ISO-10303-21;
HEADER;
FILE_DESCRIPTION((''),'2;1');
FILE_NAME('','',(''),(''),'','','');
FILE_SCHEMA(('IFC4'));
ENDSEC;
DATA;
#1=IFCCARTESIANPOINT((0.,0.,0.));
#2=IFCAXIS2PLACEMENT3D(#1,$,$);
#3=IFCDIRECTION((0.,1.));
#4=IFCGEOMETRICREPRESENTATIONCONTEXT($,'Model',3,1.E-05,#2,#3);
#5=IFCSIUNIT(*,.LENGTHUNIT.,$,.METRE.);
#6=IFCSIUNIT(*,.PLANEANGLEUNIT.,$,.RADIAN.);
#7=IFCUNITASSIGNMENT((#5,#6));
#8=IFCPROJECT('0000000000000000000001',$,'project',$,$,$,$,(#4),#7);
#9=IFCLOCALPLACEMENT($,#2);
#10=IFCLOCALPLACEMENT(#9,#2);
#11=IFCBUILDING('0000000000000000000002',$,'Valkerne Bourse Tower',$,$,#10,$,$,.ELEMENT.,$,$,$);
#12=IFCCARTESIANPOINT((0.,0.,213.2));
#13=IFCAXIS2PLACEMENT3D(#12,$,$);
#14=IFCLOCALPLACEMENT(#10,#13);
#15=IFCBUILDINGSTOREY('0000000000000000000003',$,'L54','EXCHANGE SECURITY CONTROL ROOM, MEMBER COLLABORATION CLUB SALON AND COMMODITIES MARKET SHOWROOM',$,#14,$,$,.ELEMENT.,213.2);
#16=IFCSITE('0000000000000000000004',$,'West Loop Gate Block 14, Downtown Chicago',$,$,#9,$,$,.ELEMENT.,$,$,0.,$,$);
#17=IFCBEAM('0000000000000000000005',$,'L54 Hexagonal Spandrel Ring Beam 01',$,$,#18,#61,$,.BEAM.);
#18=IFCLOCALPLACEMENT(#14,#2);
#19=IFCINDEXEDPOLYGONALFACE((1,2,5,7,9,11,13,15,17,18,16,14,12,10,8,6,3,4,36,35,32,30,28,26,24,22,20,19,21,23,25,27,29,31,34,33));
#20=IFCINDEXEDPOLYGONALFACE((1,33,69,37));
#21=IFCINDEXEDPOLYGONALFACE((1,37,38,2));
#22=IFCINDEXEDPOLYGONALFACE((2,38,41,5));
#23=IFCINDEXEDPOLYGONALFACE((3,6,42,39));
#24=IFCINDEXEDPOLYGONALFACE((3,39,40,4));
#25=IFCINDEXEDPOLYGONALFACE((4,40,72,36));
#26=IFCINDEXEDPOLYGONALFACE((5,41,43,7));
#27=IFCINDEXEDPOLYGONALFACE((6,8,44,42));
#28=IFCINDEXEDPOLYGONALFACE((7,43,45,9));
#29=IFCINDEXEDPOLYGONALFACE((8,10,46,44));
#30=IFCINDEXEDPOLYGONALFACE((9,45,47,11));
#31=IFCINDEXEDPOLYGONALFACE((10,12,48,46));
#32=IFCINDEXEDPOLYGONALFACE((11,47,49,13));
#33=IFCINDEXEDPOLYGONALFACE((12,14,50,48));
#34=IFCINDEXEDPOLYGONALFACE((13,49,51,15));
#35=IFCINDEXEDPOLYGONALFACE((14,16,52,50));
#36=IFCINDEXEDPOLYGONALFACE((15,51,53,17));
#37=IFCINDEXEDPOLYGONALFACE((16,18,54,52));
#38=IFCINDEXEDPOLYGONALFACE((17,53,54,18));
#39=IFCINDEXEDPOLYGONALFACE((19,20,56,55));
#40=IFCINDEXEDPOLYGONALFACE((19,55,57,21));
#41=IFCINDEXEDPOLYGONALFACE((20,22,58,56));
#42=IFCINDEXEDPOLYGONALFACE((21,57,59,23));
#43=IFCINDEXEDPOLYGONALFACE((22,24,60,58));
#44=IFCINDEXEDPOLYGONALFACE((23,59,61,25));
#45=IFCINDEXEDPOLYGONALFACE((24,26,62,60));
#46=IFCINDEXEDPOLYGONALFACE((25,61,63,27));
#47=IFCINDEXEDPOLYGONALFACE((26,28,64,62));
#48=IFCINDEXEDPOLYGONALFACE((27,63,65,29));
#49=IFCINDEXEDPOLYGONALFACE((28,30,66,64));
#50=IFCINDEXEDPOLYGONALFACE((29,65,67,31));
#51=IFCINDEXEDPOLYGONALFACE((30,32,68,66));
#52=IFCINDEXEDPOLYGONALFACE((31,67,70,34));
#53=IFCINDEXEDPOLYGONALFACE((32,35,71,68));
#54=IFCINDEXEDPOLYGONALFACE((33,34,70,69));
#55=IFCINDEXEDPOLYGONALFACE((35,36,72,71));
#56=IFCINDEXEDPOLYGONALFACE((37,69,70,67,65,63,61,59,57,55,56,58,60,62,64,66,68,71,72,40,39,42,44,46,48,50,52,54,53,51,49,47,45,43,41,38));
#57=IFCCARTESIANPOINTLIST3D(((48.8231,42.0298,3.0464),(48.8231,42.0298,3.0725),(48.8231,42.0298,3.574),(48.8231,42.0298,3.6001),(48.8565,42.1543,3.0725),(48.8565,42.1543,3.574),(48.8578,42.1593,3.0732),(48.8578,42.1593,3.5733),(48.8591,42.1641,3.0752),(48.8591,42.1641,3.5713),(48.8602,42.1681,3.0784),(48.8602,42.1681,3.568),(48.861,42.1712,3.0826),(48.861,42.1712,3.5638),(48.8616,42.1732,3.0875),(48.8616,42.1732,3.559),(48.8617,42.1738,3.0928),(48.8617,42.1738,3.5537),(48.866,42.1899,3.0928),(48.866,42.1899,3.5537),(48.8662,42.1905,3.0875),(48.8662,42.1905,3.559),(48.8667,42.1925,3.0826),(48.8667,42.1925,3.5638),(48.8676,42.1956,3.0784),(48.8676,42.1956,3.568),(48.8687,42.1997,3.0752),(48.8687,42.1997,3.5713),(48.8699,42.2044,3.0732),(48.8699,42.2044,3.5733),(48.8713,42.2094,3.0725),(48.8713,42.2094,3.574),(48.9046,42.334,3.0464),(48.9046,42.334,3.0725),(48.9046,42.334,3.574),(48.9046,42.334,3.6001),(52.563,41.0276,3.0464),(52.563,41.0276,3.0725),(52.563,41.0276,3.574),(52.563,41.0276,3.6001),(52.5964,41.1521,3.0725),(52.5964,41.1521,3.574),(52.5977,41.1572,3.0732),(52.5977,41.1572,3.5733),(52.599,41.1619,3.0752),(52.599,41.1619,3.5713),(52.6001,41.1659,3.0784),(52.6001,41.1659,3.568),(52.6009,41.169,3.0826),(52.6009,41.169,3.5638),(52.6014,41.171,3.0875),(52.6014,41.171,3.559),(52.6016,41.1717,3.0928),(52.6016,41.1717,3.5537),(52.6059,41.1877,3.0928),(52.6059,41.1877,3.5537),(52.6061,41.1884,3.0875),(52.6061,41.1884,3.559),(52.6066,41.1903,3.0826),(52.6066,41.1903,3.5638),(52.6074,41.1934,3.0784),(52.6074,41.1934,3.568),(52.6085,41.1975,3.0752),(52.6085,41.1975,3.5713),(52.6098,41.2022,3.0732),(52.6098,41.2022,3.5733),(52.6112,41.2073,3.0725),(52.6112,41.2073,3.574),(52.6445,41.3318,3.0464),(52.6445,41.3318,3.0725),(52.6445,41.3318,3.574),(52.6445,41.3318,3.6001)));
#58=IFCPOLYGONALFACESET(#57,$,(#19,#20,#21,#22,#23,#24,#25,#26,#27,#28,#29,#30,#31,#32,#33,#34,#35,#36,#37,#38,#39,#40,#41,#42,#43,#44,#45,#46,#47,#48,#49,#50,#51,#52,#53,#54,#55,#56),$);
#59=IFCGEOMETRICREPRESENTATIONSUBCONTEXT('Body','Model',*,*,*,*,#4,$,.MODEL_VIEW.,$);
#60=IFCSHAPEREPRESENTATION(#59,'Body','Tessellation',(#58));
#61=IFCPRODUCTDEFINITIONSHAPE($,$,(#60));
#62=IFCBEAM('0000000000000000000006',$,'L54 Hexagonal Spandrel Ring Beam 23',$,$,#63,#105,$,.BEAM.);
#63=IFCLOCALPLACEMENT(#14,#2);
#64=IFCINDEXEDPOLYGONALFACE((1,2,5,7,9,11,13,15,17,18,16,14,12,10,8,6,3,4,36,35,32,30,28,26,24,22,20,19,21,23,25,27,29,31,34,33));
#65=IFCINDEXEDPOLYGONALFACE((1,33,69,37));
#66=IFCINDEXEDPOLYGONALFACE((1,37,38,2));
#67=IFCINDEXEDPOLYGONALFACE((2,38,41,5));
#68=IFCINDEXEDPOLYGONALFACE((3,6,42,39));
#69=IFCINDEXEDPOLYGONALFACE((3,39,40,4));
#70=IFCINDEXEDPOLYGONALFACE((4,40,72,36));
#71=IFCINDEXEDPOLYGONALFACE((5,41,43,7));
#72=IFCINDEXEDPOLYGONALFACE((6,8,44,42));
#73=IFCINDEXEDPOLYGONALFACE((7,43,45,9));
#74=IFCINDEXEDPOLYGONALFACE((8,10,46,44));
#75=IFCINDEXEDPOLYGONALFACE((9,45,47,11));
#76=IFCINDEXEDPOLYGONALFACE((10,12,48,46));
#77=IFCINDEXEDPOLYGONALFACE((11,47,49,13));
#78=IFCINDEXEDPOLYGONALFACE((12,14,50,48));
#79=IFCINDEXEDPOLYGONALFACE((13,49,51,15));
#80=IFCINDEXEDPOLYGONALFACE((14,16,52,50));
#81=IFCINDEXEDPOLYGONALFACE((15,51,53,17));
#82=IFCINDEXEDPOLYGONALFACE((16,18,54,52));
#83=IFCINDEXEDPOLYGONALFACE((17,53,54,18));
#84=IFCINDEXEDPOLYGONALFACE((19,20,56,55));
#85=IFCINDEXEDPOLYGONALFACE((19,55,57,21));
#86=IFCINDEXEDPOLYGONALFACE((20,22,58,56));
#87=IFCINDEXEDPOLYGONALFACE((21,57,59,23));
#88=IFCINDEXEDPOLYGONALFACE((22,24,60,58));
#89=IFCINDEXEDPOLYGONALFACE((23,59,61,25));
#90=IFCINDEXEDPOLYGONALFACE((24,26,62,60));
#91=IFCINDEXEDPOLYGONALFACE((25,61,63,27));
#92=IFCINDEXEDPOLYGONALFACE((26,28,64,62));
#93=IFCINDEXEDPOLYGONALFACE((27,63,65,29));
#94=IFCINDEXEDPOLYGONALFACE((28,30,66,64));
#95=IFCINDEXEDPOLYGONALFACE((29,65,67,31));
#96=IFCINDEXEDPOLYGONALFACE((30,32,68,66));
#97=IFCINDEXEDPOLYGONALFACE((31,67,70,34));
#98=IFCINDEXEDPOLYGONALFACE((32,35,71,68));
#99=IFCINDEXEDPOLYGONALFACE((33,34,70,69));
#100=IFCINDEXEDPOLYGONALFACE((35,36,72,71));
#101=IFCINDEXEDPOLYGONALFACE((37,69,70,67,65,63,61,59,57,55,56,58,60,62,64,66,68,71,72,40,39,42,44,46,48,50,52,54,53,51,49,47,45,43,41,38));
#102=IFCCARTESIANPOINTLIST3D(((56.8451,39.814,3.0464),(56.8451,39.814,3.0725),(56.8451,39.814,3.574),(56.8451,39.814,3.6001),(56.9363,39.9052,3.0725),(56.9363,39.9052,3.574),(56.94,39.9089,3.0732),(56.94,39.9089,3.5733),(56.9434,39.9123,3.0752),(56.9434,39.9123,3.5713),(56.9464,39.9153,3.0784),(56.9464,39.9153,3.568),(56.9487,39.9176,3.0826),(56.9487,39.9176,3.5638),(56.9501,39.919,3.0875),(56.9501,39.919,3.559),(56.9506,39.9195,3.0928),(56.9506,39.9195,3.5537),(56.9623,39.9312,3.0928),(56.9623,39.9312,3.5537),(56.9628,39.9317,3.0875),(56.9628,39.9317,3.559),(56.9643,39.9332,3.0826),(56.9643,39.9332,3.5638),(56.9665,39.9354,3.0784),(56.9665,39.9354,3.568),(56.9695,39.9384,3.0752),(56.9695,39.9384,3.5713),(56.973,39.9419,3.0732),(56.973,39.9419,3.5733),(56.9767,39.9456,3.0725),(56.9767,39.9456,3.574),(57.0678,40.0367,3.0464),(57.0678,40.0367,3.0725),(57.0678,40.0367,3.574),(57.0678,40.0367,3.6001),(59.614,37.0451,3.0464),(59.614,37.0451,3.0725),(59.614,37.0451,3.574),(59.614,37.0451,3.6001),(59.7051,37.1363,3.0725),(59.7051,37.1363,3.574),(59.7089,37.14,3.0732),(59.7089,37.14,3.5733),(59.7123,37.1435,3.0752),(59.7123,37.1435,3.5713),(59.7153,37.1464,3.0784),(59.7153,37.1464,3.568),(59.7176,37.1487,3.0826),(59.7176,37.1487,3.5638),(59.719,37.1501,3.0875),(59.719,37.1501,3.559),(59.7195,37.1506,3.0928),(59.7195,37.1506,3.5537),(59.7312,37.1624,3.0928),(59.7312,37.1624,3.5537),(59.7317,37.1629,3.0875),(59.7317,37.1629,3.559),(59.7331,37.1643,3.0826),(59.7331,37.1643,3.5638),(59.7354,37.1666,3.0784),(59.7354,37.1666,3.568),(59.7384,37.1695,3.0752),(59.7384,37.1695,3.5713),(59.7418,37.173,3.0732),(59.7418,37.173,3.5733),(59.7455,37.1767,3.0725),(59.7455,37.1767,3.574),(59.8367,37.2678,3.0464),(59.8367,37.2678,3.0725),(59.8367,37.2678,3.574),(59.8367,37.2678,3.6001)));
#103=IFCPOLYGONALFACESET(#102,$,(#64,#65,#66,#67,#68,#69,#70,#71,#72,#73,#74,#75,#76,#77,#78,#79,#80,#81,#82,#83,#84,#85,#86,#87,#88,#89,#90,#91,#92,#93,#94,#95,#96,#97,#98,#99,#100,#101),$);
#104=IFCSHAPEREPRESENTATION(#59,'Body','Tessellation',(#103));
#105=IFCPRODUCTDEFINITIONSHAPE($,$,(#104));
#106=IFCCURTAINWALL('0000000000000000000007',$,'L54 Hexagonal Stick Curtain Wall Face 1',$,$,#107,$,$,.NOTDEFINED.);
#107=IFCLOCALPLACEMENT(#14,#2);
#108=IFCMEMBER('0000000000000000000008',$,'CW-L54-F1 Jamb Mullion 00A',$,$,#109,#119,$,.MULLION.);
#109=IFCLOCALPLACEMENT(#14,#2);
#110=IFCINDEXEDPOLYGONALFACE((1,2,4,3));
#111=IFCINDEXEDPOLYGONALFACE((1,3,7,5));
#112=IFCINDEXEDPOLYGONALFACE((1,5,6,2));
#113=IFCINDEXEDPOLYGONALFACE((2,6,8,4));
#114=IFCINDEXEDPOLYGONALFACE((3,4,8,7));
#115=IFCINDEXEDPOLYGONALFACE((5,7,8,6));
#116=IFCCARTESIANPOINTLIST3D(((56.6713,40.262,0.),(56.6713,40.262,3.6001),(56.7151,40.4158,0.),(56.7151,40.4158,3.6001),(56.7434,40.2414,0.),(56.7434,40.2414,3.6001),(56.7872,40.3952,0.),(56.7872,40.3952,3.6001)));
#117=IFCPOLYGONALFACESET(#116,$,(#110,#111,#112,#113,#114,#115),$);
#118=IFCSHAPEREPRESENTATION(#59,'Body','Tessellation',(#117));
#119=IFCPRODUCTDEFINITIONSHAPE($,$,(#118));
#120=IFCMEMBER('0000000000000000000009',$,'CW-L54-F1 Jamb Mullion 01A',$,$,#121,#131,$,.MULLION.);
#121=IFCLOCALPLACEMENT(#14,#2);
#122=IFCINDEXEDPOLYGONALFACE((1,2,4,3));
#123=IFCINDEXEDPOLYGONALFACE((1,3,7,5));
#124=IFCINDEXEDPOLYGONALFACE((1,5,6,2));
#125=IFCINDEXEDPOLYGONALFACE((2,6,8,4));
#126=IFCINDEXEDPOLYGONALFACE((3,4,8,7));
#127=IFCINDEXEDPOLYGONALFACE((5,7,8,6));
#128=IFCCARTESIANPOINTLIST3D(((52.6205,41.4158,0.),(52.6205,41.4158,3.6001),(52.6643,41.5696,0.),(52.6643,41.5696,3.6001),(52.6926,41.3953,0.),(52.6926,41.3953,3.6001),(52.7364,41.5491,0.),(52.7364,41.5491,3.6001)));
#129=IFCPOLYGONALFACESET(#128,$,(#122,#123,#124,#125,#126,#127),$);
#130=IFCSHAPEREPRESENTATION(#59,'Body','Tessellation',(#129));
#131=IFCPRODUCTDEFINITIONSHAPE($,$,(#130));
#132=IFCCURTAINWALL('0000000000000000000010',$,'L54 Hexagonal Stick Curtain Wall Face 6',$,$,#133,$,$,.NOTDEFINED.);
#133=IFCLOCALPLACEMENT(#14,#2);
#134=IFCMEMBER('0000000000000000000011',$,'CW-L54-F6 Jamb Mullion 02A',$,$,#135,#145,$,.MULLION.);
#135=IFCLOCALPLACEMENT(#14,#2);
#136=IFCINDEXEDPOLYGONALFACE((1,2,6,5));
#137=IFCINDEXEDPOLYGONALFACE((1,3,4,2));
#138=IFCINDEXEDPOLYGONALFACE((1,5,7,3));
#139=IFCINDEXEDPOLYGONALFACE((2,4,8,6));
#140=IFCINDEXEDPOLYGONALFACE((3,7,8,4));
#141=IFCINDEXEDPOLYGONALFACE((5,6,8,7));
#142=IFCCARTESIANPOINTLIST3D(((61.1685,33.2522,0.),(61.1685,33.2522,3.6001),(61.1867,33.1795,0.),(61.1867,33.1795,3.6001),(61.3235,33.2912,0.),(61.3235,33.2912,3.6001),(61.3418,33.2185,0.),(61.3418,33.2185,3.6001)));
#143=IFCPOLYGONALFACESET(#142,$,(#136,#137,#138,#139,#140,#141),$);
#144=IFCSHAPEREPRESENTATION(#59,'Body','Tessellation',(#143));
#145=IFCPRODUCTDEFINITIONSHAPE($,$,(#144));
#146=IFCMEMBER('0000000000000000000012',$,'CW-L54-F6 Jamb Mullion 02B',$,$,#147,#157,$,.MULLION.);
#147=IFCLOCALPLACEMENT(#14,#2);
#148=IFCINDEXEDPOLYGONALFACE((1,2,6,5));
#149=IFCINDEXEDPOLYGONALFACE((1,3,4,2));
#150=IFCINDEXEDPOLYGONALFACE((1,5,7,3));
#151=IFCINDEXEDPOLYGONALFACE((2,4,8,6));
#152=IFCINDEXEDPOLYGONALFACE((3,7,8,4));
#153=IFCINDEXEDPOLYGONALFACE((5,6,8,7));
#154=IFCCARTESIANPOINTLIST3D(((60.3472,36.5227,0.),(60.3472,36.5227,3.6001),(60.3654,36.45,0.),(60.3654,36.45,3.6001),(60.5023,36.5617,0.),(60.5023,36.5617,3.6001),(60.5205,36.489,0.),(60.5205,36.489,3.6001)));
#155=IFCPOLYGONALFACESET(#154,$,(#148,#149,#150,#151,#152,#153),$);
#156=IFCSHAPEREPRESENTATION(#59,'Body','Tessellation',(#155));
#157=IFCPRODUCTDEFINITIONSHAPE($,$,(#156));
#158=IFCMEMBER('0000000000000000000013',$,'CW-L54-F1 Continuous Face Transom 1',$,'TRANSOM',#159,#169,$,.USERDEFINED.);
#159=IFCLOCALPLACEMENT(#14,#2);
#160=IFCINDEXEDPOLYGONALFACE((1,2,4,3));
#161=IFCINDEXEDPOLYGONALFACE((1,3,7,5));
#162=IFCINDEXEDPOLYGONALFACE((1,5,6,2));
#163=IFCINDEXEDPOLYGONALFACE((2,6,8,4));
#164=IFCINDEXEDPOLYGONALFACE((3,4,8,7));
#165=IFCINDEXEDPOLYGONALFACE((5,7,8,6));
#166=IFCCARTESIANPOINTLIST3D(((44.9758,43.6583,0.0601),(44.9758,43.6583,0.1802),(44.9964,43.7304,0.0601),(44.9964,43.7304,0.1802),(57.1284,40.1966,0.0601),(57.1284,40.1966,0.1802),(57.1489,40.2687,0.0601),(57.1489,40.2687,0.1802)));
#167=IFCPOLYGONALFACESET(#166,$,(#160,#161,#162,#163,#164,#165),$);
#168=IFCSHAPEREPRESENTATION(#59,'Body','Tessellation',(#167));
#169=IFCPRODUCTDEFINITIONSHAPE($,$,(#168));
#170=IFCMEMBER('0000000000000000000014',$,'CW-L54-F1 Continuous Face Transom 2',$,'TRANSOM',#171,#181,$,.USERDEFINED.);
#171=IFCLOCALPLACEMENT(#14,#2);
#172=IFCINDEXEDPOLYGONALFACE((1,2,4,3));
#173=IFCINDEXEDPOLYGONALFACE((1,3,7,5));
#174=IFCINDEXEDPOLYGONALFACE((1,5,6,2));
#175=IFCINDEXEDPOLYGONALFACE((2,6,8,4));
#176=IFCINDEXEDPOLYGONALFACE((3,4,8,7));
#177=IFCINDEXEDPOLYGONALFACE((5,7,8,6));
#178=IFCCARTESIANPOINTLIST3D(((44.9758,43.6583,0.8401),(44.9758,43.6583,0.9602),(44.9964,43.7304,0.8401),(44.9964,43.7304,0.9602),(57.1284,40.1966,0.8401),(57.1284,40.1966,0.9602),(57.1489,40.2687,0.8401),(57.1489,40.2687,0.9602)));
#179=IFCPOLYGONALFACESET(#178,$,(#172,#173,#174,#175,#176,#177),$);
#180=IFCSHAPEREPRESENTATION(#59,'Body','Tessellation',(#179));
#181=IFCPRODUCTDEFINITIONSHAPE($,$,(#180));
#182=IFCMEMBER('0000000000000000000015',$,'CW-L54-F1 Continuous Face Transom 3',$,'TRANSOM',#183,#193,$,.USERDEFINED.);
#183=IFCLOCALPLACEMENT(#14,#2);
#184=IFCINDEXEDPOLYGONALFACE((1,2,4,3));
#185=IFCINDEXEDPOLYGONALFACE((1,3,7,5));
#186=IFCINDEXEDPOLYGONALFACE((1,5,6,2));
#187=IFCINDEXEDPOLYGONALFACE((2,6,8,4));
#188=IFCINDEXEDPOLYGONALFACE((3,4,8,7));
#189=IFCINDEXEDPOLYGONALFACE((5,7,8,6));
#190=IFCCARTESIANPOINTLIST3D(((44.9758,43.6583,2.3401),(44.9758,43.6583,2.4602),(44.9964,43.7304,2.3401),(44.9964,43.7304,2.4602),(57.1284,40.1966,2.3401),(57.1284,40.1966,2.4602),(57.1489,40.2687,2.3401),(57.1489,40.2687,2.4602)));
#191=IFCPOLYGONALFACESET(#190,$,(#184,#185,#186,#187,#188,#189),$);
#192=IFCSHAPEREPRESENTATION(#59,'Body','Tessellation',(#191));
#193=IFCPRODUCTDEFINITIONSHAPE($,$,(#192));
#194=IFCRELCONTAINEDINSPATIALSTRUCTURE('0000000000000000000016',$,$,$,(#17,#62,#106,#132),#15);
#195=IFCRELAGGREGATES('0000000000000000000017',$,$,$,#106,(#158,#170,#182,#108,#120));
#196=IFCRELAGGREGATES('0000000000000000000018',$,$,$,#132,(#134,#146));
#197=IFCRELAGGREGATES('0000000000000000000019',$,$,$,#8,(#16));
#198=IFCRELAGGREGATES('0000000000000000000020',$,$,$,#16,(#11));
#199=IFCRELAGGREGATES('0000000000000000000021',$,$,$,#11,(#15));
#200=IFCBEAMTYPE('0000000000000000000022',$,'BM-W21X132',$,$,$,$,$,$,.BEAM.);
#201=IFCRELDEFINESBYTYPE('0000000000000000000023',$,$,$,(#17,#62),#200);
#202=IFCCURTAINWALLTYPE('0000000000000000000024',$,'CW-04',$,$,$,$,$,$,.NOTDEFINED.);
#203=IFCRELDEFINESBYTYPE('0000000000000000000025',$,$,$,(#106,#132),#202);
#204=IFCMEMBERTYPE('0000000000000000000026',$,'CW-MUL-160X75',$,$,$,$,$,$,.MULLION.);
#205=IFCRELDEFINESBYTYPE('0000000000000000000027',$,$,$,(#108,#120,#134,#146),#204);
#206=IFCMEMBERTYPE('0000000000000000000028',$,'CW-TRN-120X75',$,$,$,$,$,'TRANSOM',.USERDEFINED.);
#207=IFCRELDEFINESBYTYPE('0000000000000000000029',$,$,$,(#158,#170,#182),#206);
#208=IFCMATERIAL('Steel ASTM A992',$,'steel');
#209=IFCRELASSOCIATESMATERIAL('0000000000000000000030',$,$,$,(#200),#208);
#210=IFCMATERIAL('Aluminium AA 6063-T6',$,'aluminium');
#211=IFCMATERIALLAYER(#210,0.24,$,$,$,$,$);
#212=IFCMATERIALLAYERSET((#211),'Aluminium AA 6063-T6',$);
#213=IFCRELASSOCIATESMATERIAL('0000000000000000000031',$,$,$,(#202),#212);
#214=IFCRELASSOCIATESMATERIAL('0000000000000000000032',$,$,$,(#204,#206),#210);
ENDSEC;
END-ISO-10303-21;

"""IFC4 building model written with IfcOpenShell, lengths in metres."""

from ifc_helpers import new_model, si_unit, direction, frame, origin, origin_2d, place, context, subcontext, project, spatial, rectangle, i_section, extrude, material, layer, layer_set, material_profile, profile_set, type_object, element, aggregate, save


model = new_model("IFC4")

# Units and contexts
model_context = context("Model", 3, precision=1e-05, world=origin(), true_north=direction((0.0, 1.0)))
body_context = subcontext(model_context, "Body", "Model", "MODEL_VIEW")
ifc_project = project(units=[si_unit("LENGTHUNIT", "METRE"), si_unit("PLANEANGLEUNIT", "RADIAN")], contexts=[model_context])

# Site, building, storey
site_placement = place(None, origin())
site = spatial("IfcSite", under=ifc_project, at=site_placement, Name="West Loop Gate Block 14, Downtown Chicago", CompositionType="ELEMENT", RefElevation=0.0)
building_placement = place(site_placement, origin())
building = spatial("IfcBuilding", under=site, at=building_placement, Name="Valkerne Bourse Tower", CompositionType="ELEMENT")
storey_placement = place(building_placement, frame((0.0, 0.0, 213.2)))
storey = spatial("IfcBuildingStorey", under=building, at=storey_placement, Name="L54", Description="EXCHANGE SECURITY CONTROL ROOM, MEMBER COLLABORATION CLUB SALON AND COMMODITIES MARKET SHOWROOM", CompositionType="ELEMENT", Elevation=213.2)

# Beams
ifc_material_1 = material(Name="Steel ASTM A992", Category="steel")
ifc_material_profile_1 = material_profile(ifc_material_1, i_section(OverallWidth=0.3149, OverallDepth=0.5537, WebThickness=0.0166, FlangeThickness=0.0261, FilletRadius=0.0203, at=origin_2d()), Name="W21X132")
ifc_profile_set_1 = profile_set([ifc_material_profile_1], Name="Steel ASTM A992")
beam_type = type_object("IfcBeamType", Name="BM-W21X132", PredefinedType="BEAM", material=ifc_profile_set_1)
for number, where, z_axis, x_axis, name in (
    (1, (52.6038, 41.1797, 3.3232), (-0.965921, 0.258836, 0.0), (-0.258836, -0.965921, 0.0), "L54 Hexagonal Spandrel Ring Beam 01"),
):
    element("IfcBeam", number, at=place(storey_placement, frame(where, z_axis=z_axis, x_axis=x_axis)), inside=storey, type_object=beam_type, Name=name, PredefinedType="BEAM", context=body_context, shape_type="SweptSolid", body=[
        extrude(i_section(OverallWidth=0.3149, OverallDepth=0.5537, WebThickness=0.0166, FlangeThickness=0.0261, FilletRadius=0.0203, at=origin_2d()), origin(), (0.0, 0.0, 1.0), 3.8718),
    ])
beam_placement = place(storey_placement, frame((59.7253, 37.1565, 3.3232), z_axis=(-0.707107, 0.707107, 0.0), x_axis=(-0.707107, -0.707107, 0.0)))
element("IfcBeam", 2, at=beam_placement, inside=storey, type_object=beam_type, Name="L54 Hexagonal Spandrel Ring Beam 23", PredefinedType="BEAM", context=body_context, shape_type="SweptSolid", body=[
    extrude(i_section(OverallWidth=0.3149, OverallDepth=0.5537, WebThickness=0.0166, FlangeThickness=0.0261, FilletRadius=0.0203, at=origin_2d()), origin(), (0.0, 0.0, 1.0), 3.9158),
])

# Curtain walls, members
ifc_material_2 = material(Name="Aluminium AA 6063-T6", Category="aluminium")
ifc_layer_1 = layer(ifc_material_2, 0.24)
ifc_layer_set_1 = layer_set([ifc_layer_1], Name="Aluminium AA 6063-T6")
curtain_wall_type = type_object("IfcCurtainWallType", Name="CW-04", PredefinedType="NOTDEFINED", material=ifc_layer_set_1)
curtain_wall_1_placement = place(storey_placement, origin())
curtain_wall_1 = element("IfcCurtainWall", 3, at=curtain_wall_1_placement, inside=storey, type_object=curtain_wall_type, Name="L54 Hexagonal Stick Curtain Wall Face 1", PredefinedType="NOTDEFINED")
ifc_material_profile_2 = material_profile(ifc_material_2, rectangle(XDim=0.075, YDim=0.1599, at=origin_2d()), Name="CWM-75X160")
ifc_profile_set_2 = profile_set([ifc_material_profile_2], Name="Aluminium AA 6063-T6")
member_type_1 = type_object("IfcMemberType", Name="CW-MUL-160X75", PredefinedType="MULLION", material=ifc_profile_set_2)
member_1_placement = place(storey_placement, frame((56.7292, 40.3286, 0.0), z_axis=(0.0, 0.0, 1.0), x_axis=(-0.961741, 0.273959, 0.0)))
member_1 = element("IfcMember", 4, at=member_1_placement, type_object=member_type_1, Name="CW-L54-F1 Jamb Mullion 00A", PredefinedType="MULLION", context=body_context, shape_type="SweptSolid", body=[
    extrude(rectangle(XDim=0.075, YDim=0.1599, at=origin_2d()), origin(), (0.0, 0.0, 1.0), 3.6001),
])
member_2_placement = place(storey_placement, frame((52.6785, 41.4824, 0.0), z_axis=(0.0, 0.0, 1.0), x_axis=(-0.961743, 0.273953, 0.0)))
member_2 = element("IfcMember", 5, at=member_2_placement, type_object=member_type_1, Name="CW-L54-F1 Jamb Mullion 01A", PredefinedType="MULLION", context=body_context, shape_type="SweptSolid", body=[
    extrude(rectangle(XDim=0.075, YDim=0.1599, at=origin_2d()), origin(), (0.0, 0.0, 1.0), 3.6001),
])
curtain_wall_2_placement = place(storey_placement, origin())
curtain_wall_2 = element("IfcCurtainWall", 6, at=curtain_wall_2_placement, inside=storey, type_object=curtain_wall_type, Name="L54 Hexagonal Stick Curtain Wall Face 6", PredefinedType="NOTDEFINED")
member_3_placement = place(storey_placement, frame((61.2551, 33.2354, 0.0), z_axis=(0.0, 0.0, 1.0), x_axis=(-0.243614, 0.969872, 0.0)))
member_3 = element("IfcMember", 7, at=member_3_placement, type_object=member_type_1, Name="CW-L54-F6 Jamb Mullion 02A", PredefinedType="MULLION", context=body_context, shape_type="SweptSolid", body=[
    extrude(rectangle(XDim=0.075, YDim=0.1599, at=origin_2d()), origin(), (0.0, 0.0, 1.0), 3.6001),
])
member_4_placement = place(storey_placement, frame((60.4338, 36.5059, 0.0), z_axis=(0.0, 0.0, 1.0), x_axis=(-0.243614, 0.969872, 0.0)))
member_4 = element("IfcMember", 8, at=member_4_placement, type_object=member_type_1, Name="CW-L54-F6 Jamb Mullion 02B", PredefinedType="MULLION", context=body_context, shape_type="SweptSolid", body=[
    extrude(rectangle(XDim=0.075, YDim=0.1599, at=origin_2d()), origin(), (0.0, 0.0, 1.0), 3.6001),
])

# Members
ifc_material_profile_3 = material_profile(ifc_material_2, rectangle(XDim=0.075, YDim=0.1201, at=origin_2d()), Name="CWT-75X120")
ifc_profile_set_3 = profile_set([ifc_material_profile_3], Name="Aluminium AA 6063-T6")
member_type_2 = type_object("IfcMemberType", Name="CW-TRN-120X75", ElementType="TRANSOM", PredefinedType="USERDEFINED", material=ifc_profile_set_3)
member_5_placement = place(storey_placement, frame((57.1387, 40.2327, 0.1201), z_axis=(-0.961743, 0.273953, 0.0), x_axis=(-0.273953, -0.961743, 0.0)))
member_5 = element("IfcMember", 9, at=member_5_placement, type_object=member_type_2, Name="CW-L54-F1 Continuous Face Transom 1", ObjectType="TRANSOM", PredefinedType="USERDEFINED", context=body_context, shape_type="SweptSolid", body=[
    extrude(rectangle(XDim=0.075, YDim=0.1201, at=origin_2d()), origin(), (0.0, 0.0, 1.0), 12.636),
])
member_6_placement = place(storey_placement, frame((57.1387, 40.2327, 0.9001), z_axis=(-0.961743, 0.273953, 0.0), x_axis=(-0.273953, -0.961743, 0.0)))
member_6 = element("IfcMember", 10, at=member_6_placement, type_object=member_type_2, Name="CW-L54-F1 Continuous Face Transom 2", ObjectType="TRANSOM", PredefinedType="USERDEFINED", context=body_context, shape_type="SweptSolid", body=[
    extrude(rectangle(XDim=0.075, YDim=0.1201, at=origin_2d()), origin(), (0.0, 0.0, 1.0), 12.636),
])
member_7_placement = place(storey_placement, frame((57.1387, 40.2327, 2.4001), z_axis=(-0.961743, 0.273953, 0.0), x_axis=(-0.273953, -0.961743, 0.0)))
member_7 = element("IfcMember", 11, at=member_7_placement, type_object=member_type_2, Name="CW-L54-F1 Continuous Face Transom 3", ObjectType="TRANSOM", PredefinedType="USERDEFINED", context=body_context, shape_type="SweptSolid", body=[
    extrude(rectangle(XDim=0.075, YDim=0.1201, at=origin_2d()), origin(), (0.0, 0.0, 1.0), 12.636),
])

aggregate(curtain_wall_1, [member_5, member_6, member_7, member_1, member_2])
aggregate(curtain_wall_2, [member_3, member_4])

save(model, "model.ifc")
